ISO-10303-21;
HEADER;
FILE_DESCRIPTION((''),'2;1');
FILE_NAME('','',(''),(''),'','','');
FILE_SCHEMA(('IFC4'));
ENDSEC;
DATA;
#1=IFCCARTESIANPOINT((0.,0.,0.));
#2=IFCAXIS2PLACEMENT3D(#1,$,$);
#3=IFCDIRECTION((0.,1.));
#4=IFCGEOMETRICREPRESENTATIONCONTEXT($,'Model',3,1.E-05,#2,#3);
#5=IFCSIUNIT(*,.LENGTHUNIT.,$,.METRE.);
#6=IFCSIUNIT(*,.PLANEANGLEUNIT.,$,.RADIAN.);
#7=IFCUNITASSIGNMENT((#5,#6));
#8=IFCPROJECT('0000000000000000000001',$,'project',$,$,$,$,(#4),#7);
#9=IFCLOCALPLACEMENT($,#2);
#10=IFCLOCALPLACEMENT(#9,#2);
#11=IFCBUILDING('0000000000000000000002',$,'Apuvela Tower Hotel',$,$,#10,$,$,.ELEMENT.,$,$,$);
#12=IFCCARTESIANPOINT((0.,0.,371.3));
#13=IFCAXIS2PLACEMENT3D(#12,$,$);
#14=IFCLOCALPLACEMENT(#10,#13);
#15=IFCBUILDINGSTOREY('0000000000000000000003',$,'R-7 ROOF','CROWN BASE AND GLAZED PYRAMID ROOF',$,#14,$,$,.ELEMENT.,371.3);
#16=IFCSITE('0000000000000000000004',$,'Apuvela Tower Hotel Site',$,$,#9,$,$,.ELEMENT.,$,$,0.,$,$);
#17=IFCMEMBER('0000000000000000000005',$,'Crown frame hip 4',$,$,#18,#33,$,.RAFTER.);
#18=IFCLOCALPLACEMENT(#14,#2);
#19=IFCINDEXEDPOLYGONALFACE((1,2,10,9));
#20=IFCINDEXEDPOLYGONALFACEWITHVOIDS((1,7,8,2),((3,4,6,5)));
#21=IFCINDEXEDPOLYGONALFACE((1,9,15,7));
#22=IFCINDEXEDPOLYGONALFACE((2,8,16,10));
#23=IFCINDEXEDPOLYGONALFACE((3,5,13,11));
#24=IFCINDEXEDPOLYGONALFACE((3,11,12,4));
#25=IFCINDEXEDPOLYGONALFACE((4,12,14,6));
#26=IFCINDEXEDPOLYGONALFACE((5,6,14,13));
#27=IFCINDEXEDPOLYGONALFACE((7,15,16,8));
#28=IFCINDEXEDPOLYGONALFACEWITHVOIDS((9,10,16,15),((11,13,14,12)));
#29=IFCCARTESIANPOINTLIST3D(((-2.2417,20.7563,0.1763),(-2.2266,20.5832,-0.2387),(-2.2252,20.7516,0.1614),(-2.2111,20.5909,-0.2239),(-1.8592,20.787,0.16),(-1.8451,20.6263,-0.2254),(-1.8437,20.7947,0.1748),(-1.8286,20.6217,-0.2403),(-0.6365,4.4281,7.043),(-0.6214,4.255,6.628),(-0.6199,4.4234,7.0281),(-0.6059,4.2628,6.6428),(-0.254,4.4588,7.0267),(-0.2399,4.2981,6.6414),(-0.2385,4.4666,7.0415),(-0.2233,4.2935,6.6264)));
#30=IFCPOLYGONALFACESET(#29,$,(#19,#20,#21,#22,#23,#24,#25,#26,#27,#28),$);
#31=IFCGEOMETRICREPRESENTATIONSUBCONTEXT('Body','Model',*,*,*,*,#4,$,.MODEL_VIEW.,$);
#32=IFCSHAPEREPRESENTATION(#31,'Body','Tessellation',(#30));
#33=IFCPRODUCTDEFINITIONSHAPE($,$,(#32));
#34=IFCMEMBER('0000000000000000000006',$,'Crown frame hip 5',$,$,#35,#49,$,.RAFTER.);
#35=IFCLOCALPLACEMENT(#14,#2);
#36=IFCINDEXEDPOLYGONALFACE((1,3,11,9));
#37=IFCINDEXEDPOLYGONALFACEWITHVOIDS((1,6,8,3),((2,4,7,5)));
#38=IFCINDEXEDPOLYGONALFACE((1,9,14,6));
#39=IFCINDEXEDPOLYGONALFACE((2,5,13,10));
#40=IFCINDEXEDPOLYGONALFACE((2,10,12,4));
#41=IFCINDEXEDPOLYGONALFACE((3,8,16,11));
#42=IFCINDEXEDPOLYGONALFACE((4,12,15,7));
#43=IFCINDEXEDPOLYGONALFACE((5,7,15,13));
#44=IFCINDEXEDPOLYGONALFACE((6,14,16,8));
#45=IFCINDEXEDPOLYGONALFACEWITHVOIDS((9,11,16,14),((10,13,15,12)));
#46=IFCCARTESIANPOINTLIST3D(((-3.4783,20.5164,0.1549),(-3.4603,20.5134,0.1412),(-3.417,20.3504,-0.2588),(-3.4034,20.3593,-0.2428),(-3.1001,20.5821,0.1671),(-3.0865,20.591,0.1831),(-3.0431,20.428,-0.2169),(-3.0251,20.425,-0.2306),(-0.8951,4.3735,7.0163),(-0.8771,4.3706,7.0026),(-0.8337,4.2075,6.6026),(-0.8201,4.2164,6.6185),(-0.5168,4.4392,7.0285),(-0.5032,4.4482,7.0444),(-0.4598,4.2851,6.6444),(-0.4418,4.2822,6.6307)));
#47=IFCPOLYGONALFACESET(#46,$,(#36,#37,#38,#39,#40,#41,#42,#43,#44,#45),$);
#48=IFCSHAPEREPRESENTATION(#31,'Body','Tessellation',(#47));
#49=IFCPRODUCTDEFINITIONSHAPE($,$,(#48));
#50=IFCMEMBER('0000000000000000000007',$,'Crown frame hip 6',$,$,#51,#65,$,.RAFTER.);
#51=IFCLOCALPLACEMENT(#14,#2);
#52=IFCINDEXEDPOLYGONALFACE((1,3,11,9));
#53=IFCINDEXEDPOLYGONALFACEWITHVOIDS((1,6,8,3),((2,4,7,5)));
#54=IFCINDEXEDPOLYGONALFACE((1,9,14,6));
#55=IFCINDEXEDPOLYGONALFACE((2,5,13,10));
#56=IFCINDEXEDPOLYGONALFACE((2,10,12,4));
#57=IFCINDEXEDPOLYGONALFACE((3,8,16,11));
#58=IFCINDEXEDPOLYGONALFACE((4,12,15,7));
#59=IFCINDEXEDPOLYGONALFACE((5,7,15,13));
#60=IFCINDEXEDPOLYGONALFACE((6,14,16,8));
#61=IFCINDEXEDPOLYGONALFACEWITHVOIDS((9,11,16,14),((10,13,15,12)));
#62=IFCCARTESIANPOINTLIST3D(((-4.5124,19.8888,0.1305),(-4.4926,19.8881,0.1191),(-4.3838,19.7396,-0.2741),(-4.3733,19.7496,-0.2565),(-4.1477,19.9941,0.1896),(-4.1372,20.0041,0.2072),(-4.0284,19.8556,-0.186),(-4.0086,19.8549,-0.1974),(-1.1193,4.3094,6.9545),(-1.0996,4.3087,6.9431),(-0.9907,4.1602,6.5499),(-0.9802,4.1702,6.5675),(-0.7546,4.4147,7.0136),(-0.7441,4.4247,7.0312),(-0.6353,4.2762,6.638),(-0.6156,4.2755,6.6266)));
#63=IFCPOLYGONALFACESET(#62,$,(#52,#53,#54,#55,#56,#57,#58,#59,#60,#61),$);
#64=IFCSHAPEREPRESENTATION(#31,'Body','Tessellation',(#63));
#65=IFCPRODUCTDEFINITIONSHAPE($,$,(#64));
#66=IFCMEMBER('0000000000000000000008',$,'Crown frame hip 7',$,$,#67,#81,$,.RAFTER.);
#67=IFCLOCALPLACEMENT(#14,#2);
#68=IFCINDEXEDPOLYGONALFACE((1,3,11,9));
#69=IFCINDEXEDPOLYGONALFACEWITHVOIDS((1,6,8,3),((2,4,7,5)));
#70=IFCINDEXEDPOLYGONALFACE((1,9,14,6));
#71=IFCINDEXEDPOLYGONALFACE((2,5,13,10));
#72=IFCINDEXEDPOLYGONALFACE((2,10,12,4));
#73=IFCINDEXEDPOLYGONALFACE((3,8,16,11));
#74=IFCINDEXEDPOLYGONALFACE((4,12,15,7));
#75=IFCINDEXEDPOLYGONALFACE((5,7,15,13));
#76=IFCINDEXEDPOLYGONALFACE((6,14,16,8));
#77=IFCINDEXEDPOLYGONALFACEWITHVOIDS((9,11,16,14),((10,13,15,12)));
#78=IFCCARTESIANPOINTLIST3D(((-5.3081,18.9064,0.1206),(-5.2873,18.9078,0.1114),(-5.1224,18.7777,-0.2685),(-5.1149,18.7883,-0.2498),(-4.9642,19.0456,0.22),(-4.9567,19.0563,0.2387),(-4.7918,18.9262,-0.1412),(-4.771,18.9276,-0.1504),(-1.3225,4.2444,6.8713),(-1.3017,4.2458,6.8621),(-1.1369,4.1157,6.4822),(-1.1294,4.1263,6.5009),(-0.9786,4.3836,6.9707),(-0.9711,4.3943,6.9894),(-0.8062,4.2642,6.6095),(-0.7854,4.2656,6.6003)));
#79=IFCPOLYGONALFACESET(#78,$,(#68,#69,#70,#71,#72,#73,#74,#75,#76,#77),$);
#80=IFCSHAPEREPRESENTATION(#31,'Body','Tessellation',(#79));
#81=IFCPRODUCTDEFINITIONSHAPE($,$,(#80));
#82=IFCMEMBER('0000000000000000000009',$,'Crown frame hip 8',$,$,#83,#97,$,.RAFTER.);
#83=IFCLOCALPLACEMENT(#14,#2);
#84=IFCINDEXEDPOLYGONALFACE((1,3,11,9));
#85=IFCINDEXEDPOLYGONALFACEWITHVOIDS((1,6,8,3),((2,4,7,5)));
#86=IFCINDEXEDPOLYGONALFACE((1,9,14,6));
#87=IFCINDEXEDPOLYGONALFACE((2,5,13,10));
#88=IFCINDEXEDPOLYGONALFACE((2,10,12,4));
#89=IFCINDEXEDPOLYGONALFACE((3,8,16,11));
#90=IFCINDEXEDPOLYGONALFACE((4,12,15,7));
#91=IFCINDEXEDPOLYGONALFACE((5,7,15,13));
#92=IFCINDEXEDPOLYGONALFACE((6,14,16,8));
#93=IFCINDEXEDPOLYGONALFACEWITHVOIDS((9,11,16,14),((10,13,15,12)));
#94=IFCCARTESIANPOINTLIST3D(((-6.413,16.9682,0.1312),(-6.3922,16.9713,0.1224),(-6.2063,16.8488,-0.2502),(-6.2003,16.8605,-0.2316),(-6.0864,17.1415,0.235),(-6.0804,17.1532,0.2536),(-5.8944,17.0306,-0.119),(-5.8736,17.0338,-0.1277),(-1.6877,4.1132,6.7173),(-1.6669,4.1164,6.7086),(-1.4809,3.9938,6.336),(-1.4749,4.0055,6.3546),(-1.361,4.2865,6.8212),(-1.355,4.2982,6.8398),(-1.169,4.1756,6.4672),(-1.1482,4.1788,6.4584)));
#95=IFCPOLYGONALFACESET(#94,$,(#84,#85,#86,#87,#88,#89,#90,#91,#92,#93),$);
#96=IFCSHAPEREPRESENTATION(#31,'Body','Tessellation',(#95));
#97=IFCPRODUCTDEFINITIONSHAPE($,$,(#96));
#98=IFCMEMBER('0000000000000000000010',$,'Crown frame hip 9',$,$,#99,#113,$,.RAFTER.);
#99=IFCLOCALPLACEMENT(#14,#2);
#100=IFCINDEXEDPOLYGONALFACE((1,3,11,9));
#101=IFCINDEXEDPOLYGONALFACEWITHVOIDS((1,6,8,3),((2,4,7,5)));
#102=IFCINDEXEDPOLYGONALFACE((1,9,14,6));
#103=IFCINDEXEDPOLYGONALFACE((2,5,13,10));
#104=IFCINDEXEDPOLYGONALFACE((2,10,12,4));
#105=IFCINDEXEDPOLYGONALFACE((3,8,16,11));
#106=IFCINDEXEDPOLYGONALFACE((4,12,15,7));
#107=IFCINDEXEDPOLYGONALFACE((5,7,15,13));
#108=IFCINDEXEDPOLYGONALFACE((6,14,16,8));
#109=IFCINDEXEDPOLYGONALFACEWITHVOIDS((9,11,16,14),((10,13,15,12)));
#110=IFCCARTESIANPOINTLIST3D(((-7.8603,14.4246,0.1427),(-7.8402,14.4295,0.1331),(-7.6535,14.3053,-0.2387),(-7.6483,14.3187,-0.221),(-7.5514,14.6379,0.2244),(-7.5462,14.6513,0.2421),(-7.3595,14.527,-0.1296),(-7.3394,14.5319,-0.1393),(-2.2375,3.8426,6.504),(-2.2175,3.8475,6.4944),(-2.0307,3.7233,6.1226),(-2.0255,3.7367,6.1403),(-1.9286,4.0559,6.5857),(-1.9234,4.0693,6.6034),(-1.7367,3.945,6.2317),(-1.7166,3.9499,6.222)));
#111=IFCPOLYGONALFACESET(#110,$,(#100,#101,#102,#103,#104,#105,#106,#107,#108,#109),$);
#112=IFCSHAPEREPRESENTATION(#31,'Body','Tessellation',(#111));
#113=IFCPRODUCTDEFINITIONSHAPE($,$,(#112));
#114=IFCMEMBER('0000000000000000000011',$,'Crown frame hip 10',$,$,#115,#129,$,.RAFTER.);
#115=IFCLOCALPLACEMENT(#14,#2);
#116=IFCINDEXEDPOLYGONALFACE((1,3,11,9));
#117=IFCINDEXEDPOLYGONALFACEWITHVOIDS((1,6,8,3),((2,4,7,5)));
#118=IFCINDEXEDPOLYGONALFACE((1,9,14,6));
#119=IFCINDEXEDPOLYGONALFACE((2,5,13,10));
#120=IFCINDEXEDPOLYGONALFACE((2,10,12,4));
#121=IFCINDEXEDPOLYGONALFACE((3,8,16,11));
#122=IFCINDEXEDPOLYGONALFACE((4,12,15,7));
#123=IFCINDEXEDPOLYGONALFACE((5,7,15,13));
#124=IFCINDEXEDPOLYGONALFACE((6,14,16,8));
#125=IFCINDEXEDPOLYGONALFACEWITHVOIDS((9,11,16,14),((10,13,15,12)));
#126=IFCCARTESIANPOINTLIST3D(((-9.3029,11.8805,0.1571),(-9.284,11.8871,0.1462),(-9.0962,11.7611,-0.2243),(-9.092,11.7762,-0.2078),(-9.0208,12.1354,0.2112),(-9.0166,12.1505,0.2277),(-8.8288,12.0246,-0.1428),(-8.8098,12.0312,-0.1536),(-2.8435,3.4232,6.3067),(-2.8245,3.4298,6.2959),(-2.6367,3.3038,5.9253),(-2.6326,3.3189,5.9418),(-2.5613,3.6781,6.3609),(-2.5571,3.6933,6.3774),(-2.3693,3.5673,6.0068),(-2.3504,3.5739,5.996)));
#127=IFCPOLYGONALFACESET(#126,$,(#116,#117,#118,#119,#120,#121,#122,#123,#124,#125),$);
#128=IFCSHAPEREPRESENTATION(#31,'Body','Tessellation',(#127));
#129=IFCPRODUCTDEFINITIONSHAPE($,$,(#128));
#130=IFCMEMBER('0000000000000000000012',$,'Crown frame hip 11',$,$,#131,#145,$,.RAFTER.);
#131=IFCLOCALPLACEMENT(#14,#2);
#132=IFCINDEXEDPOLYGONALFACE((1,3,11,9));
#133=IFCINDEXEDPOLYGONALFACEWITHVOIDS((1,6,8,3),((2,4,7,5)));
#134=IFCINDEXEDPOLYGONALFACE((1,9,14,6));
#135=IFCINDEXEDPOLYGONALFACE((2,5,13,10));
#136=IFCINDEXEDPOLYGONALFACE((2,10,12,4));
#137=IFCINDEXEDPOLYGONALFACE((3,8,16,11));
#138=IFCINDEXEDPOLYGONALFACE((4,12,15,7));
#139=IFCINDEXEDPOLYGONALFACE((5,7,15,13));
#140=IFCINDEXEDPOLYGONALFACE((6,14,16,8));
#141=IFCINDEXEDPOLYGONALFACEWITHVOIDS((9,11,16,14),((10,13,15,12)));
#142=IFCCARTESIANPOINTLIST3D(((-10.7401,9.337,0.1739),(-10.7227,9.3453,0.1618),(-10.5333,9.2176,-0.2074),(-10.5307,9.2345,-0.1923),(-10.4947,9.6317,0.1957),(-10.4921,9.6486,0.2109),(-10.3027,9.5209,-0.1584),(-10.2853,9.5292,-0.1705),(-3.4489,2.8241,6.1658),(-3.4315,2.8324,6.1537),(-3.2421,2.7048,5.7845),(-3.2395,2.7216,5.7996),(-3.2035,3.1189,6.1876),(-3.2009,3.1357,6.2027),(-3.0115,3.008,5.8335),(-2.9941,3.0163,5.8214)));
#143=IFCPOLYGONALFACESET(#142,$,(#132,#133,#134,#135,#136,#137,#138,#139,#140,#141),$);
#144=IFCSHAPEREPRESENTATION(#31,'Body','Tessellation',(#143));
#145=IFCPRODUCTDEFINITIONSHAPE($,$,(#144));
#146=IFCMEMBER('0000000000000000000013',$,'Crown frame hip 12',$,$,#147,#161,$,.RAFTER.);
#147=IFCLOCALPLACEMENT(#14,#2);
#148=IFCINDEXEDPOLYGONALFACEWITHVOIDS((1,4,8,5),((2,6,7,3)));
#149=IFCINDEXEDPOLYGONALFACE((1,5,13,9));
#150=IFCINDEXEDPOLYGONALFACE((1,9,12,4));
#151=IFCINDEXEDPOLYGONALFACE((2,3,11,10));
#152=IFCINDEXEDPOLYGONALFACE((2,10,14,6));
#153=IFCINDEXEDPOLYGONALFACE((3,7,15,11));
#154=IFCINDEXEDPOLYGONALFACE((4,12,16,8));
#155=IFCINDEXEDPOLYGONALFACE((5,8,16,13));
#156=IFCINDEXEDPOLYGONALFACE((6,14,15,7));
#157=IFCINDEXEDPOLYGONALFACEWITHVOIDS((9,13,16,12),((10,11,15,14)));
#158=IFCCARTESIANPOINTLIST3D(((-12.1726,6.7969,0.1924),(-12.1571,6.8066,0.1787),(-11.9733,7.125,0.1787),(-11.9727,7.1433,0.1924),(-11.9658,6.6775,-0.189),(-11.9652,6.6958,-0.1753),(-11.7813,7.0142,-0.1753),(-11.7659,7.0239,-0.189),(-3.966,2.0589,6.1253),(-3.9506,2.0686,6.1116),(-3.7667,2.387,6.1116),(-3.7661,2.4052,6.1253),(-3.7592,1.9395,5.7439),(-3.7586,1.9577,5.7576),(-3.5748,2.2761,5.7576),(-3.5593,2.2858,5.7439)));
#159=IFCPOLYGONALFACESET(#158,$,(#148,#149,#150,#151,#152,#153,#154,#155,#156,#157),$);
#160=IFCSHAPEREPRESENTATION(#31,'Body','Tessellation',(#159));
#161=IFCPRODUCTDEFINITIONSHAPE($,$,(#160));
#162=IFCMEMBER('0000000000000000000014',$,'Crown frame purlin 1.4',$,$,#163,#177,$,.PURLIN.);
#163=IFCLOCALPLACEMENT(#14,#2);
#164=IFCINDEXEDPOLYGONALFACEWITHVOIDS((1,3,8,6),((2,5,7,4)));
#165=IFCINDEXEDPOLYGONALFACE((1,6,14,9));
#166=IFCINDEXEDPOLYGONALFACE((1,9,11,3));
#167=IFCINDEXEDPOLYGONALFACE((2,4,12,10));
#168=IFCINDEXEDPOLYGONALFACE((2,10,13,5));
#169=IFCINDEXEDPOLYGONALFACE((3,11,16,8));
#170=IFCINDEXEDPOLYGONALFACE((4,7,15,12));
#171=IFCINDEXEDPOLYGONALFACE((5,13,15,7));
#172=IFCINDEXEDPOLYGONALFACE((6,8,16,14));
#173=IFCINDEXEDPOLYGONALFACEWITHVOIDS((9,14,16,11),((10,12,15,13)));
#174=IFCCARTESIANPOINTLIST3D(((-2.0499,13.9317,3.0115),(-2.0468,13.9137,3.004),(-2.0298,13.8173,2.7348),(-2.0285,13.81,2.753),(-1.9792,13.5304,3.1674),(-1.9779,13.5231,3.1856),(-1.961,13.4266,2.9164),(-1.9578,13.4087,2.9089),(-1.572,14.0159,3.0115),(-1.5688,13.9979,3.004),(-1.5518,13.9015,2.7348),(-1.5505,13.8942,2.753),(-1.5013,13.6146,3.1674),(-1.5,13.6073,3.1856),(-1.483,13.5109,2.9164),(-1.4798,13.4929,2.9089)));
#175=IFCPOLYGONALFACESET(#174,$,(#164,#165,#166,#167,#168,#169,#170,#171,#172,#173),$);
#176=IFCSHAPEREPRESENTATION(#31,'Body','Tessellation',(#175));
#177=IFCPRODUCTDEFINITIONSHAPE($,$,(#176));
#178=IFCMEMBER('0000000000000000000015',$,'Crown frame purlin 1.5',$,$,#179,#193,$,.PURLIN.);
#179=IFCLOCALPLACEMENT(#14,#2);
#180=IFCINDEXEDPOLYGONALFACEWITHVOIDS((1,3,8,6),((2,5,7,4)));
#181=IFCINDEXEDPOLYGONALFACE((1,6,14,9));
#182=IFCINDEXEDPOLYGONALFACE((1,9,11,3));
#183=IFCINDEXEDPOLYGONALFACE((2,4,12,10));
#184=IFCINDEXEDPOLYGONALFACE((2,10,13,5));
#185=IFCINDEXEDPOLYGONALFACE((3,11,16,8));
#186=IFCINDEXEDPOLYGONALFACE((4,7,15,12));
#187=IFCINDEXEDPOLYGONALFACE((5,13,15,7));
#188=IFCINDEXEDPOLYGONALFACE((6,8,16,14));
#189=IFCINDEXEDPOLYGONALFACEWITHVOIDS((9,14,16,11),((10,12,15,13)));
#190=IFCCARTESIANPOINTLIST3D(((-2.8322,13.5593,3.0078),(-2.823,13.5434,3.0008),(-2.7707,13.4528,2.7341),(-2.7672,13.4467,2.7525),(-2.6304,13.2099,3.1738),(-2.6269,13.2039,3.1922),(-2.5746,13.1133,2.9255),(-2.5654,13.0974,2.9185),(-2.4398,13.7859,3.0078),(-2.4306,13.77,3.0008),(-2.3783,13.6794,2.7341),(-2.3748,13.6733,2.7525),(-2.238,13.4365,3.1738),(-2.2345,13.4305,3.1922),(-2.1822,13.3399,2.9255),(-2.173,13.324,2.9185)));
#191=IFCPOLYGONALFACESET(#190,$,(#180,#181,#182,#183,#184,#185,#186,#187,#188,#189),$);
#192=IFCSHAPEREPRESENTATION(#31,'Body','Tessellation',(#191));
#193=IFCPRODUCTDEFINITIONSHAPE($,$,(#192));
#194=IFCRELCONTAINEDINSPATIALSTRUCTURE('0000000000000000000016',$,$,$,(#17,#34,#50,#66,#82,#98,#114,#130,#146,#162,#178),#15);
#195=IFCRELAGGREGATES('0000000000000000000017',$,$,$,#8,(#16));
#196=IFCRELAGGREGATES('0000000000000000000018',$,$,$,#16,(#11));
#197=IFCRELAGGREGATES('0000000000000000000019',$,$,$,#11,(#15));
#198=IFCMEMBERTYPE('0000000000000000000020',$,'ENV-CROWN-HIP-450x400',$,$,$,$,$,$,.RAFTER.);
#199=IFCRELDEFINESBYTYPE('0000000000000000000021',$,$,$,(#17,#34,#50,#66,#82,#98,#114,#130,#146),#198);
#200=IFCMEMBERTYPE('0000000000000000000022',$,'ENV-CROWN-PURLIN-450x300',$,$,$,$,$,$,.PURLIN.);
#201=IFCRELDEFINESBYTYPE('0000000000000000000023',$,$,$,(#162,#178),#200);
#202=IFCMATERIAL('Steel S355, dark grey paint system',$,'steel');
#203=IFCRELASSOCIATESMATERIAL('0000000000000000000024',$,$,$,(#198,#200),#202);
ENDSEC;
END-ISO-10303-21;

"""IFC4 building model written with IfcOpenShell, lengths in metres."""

from ifc_helpers import new_model, si_unit, direction, frame, origin, origin_2d, place, context, subcontext, project, spatial, hollow_rectangle, extrude, material, material_profile, profile_set, type_object, element, save


model = new_model("IFC4")

# Units and contexts
model_context = context("Model", 3, precision=1e-05, world=origin(), true_north=direction((0.0, 1.0)))
body_context = subcontext(model_context, "Body", "Model", "MODEL_VIEW")
ifc_project = project(units=[si_unit("LENGTHUNIT", "METRE"), si_unit("PLANEANGLEUNIT", "RADIAN")], contexts=[model_context])

# Site, building, storey
site_placement = place(None, origin())
site = spatial("IfcSite", under=ifc_project, at=site_placement, Name="Apuvela Tower Hotel Site", CompositionType="ELEMENT", RefElevation=0.0)
building_placement = place(site_placement, origin())
building = spatial("IfcBuilding", under=site, at=building_placement, Name="Apuvela Tower Hotel", CompositionType="ELEMENT")
storey_placement = place(building_placement, frame((0.0, 0.0, 371.3)))
storey = spatial("IfcBuildingStorey", under=building, at=storey_placement, Name="R-7 ROOF", Description="CROWN BASE AND GLAZED PYRAMID ROOF", CompositionType="ELEMENT", Elevation=371.3)

# Members
ifc_material_1 = material(Name="Steel S355, dark grey paint system", Category="steel")
ifc_material_profile_1 = material_profile(ifc_material_1, hollow_rectangle(XDim=0.3999, YDim=0.45, WallThickness=0.0161, at=origin_2d()), Name="HSS 450x400x16")
ifc_profile_set_1 = profile_set([ifc_material_profile_1], Name="Steel S355, dark grey paint system")
member_type_1 = type_object("IfcMemberType", Name="ENV-CROWN-HIP-450x400", PredefinedType="RAFTER", material=ifc_profile_set_1)
member_1_placement = place(storey_placement, frame((-2.0352, 20.689, -0.032), z_axis=(0.090253, -0.918041, 0.386077), x_axis=(0.995351, 0.096237, -0.003843)))
element("IfcMember", 1, at=member_1_placement, inside=storey, type_object=member_type_1, Name="Crown frame hip 4", PredefinedType="RAFTER", context=body_context, shape_type="SweptSolid", body=[
    extrude(hollow_rectangle(XDim=0.3999, YDim=0.45, WallThickness=0.0161, at=origin_2d()), origin(), (0.0, 0.0, 1.0), 17.7859),
])
member_2_placement = place(storey_placement, frame((-3.2517, 20.4707, -0.0378), z_axis=(0.145702, -0.910497, 0.386997), x_axis=(0.979881, 0.186741, 0.07043)))
element("IfcMember", 2, at=member_2_placement, inside=storey, type_object=member_type_1, Name="Crown frame hip 5", PredefinedType="RAFTER", context=body_context, shape_type="SweptSolid", body=[
    extrude(hollow_rectangle(XDim=0.3999, YDim=0.45, WallThickness=0.0161, at=origin_2d()), origin(), (0.0, 0.0, 1.0), 17.7297),
])
member_3_placement = place(storey_placement, frame((-4.2605, 19.8718, -0.0334), z_axis=(0.19564, -0.898284, 0.393461), x_axis=(0.938122, 0.288332, 0.191812)))
element("IfcMember", 3, at=member_3_placement, inside=storey, type_object=member_type_1, Name="Crown frame hip 6", PredefinedType="RAFTER", context=body_context, shape_type="SweptSolid", body=[
    extrude(hollow_rectangle(XDim=0.3999, YDim=0.45, WallThickness=0.0161, at=origin_2d()), origin(), (0.0, 0.0, 1.0), 17.3435),
])
member_4_placement = place(storey_placement, frame((-5.0396, 18.917, -0.0149), z_axis=(0.239716, -0.881861, 0.406027), x_axis=(0.878786, 0.374855, 0.295329)))
element("IfcMember", 4, at=member_4_placement, inside=storey, type_object=member_type_1, Name="Crown frame hip 7", PredefinedType="RAFTER", context=body_context, shape_type="SweptSolid", body=[
    extrude(hollow_rectangle(XDim=0.3999, YDim=0.45, WallThickness=0.0161, at=origin_2d()), origin(), (0.0, 0.0, 1.0), 16.6262),
])
member_5_placement = place(storey_placement, frame((-6.1433, 17.001, 0.0017), z_axis=(0.310933, -0.845874, 0.433379), x_axis=(0.831943, 0.462706, 0.306226)))
element("IfcMember", 5, at=member_5_placement, inside=storey, type_object=member_type_1, Name="Crown frame hip 8", PredefinedType="RAFTER", context=body_context, shape_type="SweptSolid", body=[
    extrude(hollow_rectangle(XDim=0.3999, YDim=0.45, WallThickness=0.0161, at=origin_2d()), origin(), (0.0, 0.0, 1.0), 15.1973),
])
member_6_placement = place(storey_placement, frame((-7.5999, 14.4783, 0.0017), z_axis=(0.414449, -0.779987, 0.468885), x_axis=(0.785517, 0.566762, 0.248483)))
element("IfcMember", 6, at=member_6_placement, inside=storey, type_object=member_type_1, Name="Crown frame hip 9", PredefinedType="RAFTER", context=body_context, shape_type="SweptSolid", body=[
    extrude(hollow_rectangle(XDim=0.3999, YDim=0.45, WallThickness=0.0161, at=origin_2d()), origin(), (0.0, 0.0, 1.0), 13.5669),
])
member_7_placement = place(storey_placement, frame((-9.0564, 11.9558, 0.0017), z_axis=(0.525545, -0.688087, 0.500338), x_axis=(0.715969, 0.675381, 0.176773)))
element("IfcMember", 7, at=member_7_placement, inside=storey, type_object=member_type_1, Name="Crown frame hip 10", PredefinedType="RAFTER", context=body_context, shape_type="SweptSolid", body=[
    extrude(hollow_rectangle(XDim=0.3999, YDim=0.45, WallThickness=0.0161, at=origin_2d()), origin(), (0.0, 0.0, 1.0), 12.291),
])
member_8_placement = place(storey_placement, frame((-10.5127, 9.4331, 0.0017), z_axis=(0.635866, -0.567989, 0.522554), x_axis=(0.620069, 0.779097, 0.092312)))
element("IfcMember", 8, at=member_8_placement, inside=storey, type_object=member_type_1, Name="Crown frame hip 11", PredefinedType="RAFTER", context=body_context, shape_type="SweptSolid", body=[
    extrude(hollow_rectangle(XDim=0.3999, YDim=0.45, WallThickness=0.0161, at=origin_2d()), origin(), (0.0, 0.0, 1.0), 11.4666),
])
member_9_placement = place(storey_placement, frame((-11.9692, 6.9104, 0.0017), z_axis=(0.73403, -0.423791, 0.530661), x_axis=(0.499999, 0.866026, 0.0)))
element("IfcMember", 9, at=member_9_placement, inside=storey, type_object=member_type_1, Name="Crown frame hip 12", PredefinedType="RAFTER", context=body_context, shape_type="SweptSolid", body=[
    extrude(hollow_rectangle(XDim=0.3999, YDim=0.45, WallThickness=0.0161, at=origin_2d()), origin(), (0.0, 0.0, 1.0), 11.1802),
])
ifc_material_profile_2 = material_profile(ifc_material_1, hollow_rectangle(XDim=0.45, YDim=0.3, WallThickness=0.0139, at=origin_2d()), Name="HSS 450x300x14")
ifc_profile_set_2 = profile_set([ifc_material_profile_2], Name="Steel S355, dark grey paint system")
member_type_2 = type_object("IfcMemberType", Name="ENV-CROWN-PURLIN-450x300", PredefinedType="PURLIN", material=ifc_profile_set_2)
member_10_placement = place(storey_placement, frame((-1.5259, 13.7544, 2.9602), z_axis=(-0.984829, -0.173527, 0.0), x_axis=(0.160003, -0.908074, 0.387041)))
element("IfcMember", 10, at=member_10_placement, inside=storey, type_object=member_type_2, Name="Crown frame purlin 1.4", PredefinedType="PURLIN", context=body_context, shape_type="SweptSolid", body=[
    extrude(hollow_rectangle(XDim=0.45, YDim=0.3, WallThickness=0.0139, at=origin_2d()), origin(), (0.0, 0.0, 1.0), 0.4854),
])
member_11_placement = place(storey_placement, frame((-2.3064, 13.5549, 2.9631), z_axis=(-0.865979, -0.50008, 0.0), x_axis=(0.456156, -0.789916, 0.409823)))
element("IfcMember", 11, at=member_11_placement, inside=storey, type_object=member_type_2, Name="Crown frame purlin 1.5", PredefinedType="PURLIN", context=body_context, shape_type="SweptSolid", body=[
    extrude(hollow_rectangle(XDim=0.45, YDim=0.3, WallThickness=0.0139, at=origin_2d()), origin(), (0.0, 0.0, 1.0), 0.4531),
])

save(model, "model.ifc")
